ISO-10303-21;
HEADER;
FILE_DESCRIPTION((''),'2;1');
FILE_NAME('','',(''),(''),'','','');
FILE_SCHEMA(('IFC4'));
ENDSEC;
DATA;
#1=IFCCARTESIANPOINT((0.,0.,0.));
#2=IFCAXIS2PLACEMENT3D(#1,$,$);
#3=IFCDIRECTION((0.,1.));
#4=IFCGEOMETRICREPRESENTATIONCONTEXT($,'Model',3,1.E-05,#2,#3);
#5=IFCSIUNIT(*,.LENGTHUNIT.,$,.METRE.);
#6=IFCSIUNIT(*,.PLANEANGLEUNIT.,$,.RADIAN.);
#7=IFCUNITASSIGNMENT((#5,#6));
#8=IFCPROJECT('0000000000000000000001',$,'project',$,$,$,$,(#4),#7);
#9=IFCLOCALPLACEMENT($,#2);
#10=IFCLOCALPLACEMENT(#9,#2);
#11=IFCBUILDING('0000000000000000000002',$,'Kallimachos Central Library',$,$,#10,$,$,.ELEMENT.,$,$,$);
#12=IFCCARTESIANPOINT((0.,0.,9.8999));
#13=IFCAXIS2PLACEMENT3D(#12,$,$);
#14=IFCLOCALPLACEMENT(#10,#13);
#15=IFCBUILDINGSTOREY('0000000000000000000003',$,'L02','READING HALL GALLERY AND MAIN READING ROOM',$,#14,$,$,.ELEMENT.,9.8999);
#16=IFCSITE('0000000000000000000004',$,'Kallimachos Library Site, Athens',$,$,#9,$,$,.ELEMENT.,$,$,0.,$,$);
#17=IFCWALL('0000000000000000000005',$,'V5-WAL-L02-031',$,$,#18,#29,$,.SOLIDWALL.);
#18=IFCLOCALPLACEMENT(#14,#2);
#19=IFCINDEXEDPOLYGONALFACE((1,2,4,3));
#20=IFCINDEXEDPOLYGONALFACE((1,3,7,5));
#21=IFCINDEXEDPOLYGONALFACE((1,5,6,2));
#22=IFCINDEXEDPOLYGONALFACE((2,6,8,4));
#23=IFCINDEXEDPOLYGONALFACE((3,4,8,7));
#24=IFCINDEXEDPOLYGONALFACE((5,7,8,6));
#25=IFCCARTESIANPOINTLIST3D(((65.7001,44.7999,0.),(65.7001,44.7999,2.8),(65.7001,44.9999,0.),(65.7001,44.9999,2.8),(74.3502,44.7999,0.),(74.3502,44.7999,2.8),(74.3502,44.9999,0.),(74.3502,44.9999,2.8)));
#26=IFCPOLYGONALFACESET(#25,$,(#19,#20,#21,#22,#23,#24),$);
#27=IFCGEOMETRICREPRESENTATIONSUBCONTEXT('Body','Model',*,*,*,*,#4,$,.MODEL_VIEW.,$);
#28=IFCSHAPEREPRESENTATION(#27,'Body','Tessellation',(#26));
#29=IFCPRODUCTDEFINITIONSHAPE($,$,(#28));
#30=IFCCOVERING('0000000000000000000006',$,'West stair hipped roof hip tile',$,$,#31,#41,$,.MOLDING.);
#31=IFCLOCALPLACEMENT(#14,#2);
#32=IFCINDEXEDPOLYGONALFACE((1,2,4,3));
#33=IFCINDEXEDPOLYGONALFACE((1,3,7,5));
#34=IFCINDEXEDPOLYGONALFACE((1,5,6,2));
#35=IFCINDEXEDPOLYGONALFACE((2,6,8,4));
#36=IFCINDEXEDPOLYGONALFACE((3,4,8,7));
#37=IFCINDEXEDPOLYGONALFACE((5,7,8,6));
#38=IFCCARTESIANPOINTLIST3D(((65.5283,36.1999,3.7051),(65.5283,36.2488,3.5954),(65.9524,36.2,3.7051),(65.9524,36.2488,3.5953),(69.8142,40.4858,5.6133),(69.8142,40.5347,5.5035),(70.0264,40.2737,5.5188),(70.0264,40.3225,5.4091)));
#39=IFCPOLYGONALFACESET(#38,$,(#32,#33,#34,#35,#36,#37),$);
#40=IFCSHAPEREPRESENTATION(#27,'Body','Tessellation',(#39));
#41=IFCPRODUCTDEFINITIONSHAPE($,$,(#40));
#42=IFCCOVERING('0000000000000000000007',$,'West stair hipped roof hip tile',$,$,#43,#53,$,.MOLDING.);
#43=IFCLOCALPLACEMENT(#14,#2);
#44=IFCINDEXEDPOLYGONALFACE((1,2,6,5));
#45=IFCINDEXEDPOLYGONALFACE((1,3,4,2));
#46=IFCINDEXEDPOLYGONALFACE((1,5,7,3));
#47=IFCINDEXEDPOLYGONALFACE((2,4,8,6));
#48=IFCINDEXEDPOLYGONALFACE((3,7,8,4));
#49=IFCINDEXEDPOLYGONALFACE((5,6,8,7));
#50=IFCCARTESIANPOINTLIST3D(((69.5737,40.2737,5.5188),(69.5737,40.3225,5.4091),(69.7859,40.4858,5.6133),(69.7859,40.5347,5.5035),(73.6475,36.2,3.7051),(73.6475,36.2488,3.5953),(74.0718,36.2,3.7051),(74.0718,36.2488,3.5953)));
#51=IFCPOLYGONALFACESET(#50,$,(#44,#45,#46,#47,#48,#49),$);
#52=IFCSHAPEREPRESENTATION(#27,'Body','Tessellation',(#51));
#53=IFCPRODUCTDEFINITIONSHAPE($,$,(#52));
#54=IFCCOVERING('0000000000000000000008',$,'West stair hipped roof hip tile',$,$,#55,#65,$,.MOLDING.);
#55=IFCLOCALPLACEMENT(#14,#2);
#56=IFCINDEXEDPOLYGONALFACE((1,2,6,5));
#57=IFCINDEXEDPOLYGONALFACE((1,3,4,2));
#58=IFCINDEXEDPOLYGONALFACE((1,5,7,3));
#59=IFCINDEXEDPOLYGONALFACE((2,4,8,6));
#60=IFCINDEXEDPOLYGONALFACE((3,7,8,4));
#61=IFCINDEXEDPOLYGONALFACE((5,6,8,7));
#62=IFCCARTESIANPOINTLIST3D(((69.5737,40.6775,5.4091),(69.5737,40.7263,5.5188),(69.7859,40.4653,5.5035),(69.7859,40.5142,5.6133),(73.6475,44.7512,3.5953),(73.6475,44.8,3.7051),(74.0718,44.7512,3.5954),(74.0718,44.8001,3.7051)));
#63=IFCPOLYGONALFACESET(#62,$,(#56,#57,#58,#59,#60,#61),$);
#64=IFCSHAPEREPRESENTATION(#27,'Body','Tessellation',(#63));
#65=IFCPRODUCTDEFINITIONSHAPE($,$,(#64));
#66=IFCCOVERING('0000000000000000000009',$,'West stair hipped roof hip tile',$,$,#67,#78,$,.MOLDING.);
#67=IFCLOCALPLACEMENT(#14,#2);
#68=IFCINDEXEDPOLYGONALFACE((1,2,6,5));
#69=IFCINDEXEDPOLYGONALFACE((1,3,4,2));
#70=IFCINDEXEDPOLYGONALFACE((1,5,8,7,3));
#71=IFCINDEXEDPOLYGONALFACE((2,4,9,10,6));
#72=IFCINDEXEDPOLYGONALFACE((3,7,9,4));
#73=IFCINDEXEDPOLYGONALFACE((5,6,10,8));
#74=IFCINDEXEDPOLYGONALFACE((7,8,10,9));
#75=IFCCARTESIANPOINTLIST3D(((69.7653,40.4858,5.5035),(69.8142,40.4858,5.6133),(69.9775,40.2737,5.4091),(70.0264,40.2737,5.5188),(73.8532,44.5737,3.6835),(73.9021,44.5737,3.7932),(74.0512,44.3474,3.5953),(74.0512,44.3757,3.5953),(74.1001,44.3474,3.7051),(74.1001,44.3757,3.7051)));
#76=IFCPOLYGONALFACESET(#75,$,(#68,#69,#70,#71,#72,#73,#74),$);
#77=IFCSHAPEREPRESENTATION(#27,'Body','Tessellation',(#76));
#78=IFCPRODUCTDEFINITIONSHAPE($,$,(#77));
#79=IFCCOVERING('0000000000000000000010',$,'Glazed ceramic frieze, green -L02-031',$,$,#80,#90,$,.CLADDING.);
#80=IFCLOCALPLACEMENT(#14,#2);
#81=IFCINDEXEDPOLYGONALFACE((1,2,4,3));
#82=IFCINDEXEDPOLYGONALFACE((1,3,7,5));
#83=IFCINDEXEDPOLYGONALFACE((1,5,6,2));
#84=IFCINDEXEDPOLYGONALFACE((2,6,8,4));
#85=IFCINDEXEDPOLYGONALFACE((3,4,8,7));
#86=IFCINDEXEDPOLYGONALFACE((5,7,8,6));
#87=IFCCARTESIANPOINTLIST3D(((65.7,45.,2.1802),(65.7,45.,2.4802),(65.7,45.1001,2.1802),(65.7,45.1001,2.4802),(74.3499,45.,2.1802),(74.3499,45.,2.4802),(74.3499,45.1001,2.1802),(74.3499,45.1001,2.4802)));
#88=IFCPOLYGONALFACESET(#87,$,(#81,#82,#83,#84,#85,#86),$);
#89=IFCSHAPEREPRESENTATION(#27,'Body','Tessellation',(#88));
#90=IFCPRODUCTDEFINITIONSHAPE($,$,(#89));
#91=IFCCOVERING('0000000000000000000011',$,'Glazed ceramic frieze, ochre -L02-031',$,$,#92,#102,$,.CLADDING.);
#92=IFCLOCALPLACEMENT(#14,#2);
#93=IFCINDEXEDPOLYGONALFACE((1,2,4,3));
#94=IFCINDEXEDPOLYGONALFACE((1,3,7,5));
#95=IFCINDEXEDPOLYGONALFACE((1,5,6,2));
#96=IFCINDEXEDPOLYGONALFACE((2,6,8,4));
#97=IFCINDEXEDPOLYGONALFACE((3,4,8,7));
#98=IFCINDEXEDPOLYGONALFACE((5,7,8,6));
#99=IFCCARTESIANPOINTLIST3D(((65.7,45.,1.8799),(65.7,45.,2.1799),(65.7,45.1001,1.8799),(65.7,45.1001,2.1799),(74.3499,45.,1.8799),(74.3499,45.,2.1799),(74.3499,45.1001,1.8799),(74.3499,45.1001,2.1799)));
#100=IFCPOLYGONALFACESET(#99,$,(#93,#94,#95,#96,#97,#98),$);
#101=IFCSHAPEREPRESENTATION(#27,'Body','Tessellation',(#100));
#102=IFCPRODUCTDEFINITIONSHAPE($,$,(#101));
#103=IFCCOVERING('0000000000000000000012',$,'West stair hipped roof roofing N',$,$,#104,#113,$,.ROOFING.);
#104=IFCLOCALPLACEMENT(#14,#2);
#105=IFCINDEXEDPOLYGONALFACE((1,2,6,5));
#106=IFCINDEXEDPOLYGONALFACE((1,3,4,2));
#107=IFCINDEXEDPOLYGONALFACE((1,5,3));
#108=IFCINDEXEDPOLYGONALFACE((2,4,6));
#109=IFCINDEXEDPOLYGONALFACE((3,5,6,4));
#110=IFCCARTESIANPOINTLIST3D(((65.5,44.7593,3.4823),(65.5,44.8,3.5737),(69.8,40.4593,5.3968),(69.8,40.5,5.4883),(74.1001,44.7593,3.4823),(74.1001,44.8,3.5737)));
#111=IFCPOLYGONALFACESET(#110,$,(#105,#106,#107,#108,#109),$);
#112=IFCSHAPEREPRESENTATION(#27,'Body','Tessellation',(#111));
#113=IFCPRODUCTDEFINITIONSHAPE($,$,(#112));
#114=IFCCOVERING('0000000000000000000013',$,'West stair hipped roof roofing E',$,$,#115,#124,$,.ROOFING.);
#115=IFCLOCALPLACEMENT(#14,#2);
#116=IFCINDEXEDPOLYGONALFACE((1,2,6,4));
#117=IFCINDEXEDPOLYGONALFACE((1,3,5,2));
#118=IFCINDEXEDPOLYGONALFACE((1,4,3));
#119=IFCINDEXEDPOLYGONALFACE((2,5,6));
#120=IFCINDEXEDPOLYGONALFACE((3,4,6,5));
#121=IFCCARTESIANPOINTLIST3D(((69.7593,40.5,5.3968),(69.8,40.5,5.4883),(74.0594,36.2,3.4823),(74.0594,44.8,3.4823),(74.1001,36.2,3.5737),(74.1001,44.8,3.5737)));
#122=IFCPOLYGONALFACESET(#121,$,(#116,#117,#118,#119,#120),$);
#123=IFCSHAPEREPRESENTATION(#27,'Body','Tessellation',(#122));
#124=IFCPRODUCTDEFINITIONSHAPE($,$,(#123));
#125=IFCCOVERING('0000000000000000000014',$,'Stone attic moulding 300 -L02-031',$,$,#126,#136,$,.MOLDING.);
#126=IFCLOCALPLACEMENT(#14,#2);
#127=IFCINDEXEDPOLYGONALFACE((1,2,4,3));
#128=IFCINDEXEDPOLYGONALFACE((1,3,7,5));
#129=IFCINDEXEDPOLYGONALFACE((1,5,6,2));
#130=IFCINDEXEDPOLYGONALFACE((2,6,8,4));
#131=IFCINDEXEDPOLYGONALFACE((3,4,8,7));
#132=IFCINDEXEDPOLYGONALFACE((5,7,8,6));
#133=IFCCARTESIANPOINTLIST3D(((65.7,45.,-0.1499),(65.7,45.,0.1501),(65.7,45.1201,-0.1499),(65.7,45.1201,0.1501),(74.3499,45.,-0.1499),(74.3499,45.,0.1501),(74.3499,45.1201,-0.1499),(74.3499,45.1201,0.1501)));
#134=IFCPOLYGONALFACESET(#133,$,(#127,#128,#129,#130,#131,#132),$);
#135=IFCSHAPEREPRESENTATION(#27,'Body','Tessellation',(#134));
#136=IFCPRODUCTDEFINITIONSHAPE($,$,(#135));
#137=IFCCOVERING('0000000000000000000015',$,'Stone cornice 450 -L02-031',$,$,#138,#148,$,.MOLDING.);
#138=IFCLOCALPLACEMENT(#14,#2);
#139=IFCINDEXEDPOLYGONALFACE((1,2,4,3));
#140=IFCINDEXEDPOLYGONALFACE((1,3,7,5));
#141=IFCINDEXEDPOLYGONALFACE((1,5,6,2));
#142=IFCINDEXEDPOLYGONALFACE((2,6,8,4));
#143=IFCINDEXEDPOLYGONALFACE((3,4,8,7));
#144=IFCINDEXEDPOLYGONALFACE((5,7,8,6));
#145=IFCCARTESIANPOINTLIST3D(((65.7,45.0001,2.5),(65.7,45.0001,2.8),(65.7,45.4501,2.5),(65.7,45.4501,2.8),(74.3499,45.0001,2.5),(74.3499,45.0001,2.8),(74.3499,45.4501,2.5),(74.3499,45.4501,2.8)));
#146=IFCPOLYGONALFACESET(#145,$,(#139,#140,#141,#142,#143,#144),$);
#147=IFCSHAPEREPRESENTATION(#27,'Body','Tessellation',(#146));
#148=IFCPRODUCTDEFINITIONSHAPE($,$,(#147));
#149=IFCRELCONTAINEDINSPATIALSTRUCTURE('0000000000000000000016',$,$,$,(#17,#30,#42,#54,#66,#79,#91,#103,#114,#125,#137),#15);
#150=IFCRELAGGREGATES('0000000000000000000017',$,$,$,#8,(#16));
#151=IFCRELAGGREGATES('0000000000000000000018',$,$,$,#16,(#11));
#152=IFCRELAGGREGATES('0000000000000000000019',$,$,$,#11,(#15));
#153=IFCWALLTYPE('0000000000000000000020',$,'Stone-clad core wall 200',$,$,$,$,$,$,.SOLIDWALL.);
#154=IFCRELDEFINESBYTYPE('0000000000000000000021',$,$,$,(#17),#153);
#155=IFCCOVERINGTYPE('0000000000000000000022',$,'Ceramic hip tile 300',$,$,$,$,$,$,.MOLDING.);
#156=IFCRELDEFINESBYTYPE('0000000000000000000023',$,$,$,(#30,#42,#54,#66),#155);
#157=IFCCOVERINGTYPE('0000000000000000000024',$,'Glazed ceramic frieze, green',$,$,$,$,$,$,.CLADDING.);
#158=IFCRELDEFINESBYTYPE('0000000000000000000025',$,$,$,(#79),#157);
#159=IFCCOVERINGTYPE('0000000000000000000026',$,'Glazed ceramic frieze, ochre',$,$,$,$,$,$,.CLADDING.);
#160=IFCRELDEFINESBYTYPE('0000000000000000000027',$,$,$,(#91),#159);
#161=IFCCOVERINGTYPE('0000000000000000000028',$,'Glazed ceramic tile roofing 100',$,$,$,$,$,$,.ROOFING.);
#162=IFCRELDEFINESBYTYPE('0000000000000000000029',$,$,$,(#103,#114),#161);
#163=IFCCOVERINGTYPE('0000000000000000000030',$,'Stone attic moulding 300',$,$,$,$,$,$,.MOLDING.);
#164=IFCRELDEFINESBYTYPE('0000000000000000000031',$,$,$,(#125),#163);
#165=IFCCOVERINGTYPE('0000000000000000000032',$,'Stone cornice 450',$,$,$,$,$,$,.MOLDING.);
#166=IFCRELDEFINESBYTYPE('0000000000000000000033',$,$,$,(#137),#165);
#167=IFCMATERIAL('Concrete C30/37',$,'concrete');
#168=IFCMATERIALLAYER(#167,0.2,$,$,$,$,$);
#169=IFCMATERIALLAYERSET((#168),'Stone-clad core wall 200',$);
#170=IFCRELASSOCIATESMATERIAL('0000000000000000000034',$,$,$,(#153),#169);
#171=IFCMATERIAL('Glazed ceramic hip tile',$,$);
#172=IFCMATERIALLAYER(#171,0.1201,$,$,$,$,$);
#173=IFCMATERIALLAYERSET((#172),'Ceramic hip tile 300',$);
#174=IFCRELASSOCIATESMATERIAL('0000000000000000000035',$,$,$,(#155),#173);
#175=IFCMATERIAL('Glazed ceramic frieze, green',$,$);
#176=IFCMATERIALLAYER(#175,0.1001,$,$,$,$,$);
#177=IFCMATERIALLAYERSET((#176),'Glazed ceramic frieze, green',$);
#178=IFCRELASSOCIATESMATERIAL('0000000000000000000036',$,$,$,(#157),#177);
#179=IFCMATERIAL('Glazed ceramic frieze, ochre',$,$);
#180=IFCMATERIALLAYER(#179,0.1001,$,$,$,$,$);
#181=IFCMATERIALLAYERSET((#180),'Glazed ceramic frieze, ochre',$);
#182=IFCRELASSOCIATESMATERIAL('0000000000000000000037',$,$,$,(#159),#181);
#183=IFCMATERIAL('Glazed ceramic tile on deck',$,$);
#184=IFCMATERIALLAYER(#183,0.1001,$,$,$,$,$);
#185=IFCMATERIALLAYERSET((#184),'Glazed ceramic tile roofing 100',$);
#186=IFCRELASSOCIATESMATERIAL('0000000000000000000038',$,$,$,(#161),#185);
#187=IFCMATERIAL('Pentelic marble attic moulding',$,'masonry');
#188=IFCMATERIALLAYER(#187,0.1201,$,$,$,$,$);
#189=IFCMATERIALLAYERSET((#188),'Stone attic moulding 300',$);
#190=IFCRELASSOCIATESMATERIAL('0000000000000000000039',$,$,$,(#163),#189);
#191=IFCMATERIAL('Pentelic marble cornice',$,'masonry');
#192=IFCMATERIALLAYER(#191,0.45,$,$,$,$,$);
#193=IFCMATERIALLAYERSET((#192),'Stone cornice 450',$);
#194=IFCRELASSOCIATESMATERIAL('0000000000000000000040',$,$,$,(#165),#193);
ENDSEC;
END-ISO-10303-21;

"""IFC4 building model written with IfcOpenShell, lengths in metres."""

from ifc_helpers import new_model, si_unit, direction, frame, frame_2d, origin, origin_2d, place, context, subcontext, project, spatial, polyline, rectangle, outline, extrude, material, layer, layer_set, type_object, element, save


model = new_model("IFC4")

# Units and contexts
model_context = context("Model", 3, precision=1e-05, world=origin(), true_north=direction((0.0, 1.0)))
body_context = subcontext(model_context, "Body", "Model", "MODEL_VIEW")
ifc_project = project(units=[si_unit("LENGTHUNIT", "METRE"), si_unit("PLANEANGLEUNIT", "RADIAN")], contexts=[model_context])

# Site, building, storey
site_placement = place(None, origin())
site = spatial("IfcSite", under=ifc_project, at=site_placement, Name="Kallimachos Library Site, Athens", CompositionType="ELEMENT", RefElevation=0.0)
building_placement = place(site_placement, origin())
building = spatial("IfcBuilding", under=site, at=building_placement, Name="Kallimachos Central Library", CompositionType="ELEMENT")
storey_placement = place(building_placement, frame((0.0, 0.0, 9.8999)))
storey = spatial("IfcBuildingStorey", under=building, at=storey_placement, Name="L02", Description="READING HALL GALLERY AND MAIN READING ROOM", CompositionType="ELEMENT", Elevation=9.8999)

# Wall
ifc_material_1 = material(Name="Concrete C30/37", Category="concrete")
ifc_layer_1 = layer(ifc_material_1, 0.2)
ifc_layer_set_1 = layer_set([ifc_layer_1], Name="Stone-clad core wall 200")
wall_type_1 = type_object("IfcWallType", Name="Stone-clad core wall 200", PredefinedType="SOLIDWALL", material=ifc_layer_set_1)
wall_1_placement = place(storey_placement, frame((65.7, 44.8999, 0.0), z_axis=(0.0, 0.0, 1.0), x_axis=(1.0, 0.0, 0.0)))
element("IfcWall", 1, at=wall_1_placement, inside=storey, type_object=wall_type_1, Name="V5-WAL-L02-031", PredefinedType="SOLIDWALL", context=body_context, shape_type="SweptSolid", body=[
    extrude(rectangle(XDim=8.6501, YDim=0.2, at=frame_2d((4.3252, 0.0))), origin(), (0.0, 0.0, 1.0), 2.8),
])

# Coverings
ifc_material_2 = material(Name="Glazed ceramic hip tile")
ifc_layer_2 = layer(ifc_material_2, 0.1201)
ifc_layer_set_2 = layer_set([ifc_layer_2], Name="Ceramic hip tile 300")
covering_type_1 = type_object("IfcCoveringType", Name="Ceramic hip tile 300", PredefinedType="MOLDING", material=ifc_layer_set_2)
covering_1_placement = place(storey_placement, frame((69.8142, 40.4858, 5.6133), z_axis=(0.000026, -0.406757, 0.913537), x_axis=(0.674456, -0.67447, -0.30033)))
element("IfcCovering", 2, at=covering_1_placement, inside=storey, type_object=covering_type_1, Name="West stair hipped roof hip tile", PredefinedType="MOLDING", context=body_context, shape_type="SweptSolid", body=[
    extrude(outline(polyline([(0.0, 0.0), (0.3146, 0.0), (0.8592, -6.0154), (0.5732, -6.3285), (0.0, 0.0)])), origin(), (0.0, 0.0, -1.0), 0.1201),
])
covering_2_placement = place(storey_placement, frame((74.0718, 36.2, 3.7051), z_axis=(-0.000026, -0.406756, 0.913537), x_axis=(-1.0, 0.00001, -0.000024)))
element("IfcCovering", 3, at=covering_2_placement, inside=storey, type_object=covering_type_1, Name="West stair hipped roof hip tile", PredefinedType="MOLDING", context=body_context, shape_type="SweptSolid", body=[
    extrude(outline(polyline([(0.0, 0.0), (0.4243, 0.0), (4.498, -4.4592), (4.2859, -4.6915), (0.0, 0.0)])), origin(), (0.0, 0.0, -1.0), 0.1201),
])
covering_3_placement = place(storey_placement, frame((69.7859, 40.5142, 5.6133), z_axis=(-0.000026, 0.406756, 0.913537), x_axis=(-0.674456, 0.67447, -0.30033)))
element("IfcCovering", 4, at=covering_3_placement, inside=storey, type_object=covering_type_1, Name="West stair hipped roof hip tile", PredefinedType="MOLDING", context=body_context, shape_type="SweptSolid", body=[
    extrude(outline(polyline([(0.0, 0.0), (0.3146, 0.0), (0.8593, -6.0153), (0.5732, -6.3285), (0.0, 0.0)])), origin(), (0.0, 0.0, -1.0), 0.1201),
])
covering_4_placement = place(storey_placement, frame((73.9021, 44.5737, 3.7932), z_axis=(0.40674, -0.000004, 0.913544), x_axis=(0.674458, -0.674485, -0.300294)))
element("IfcCovering", 5, at=covering_4_placement, inside=storey, type_object=covering_type_1, Name="West stair hipped roof hip tile", PredefinedType="MOLDING", context=body_context, shape_type="SweptSolid", body=[
    extrude(outline(polyline([(0.0, 0.0), (0.2936, 0.0), (0.3127, -0.0209), (-0.2319, -6.0362), (-0.5464, -6.0362), (0.0, 0.0)])), origin(), (0.0, 0.0, -1.0), 0.1201),
])
ifc_material_3 = material(Name="Glazed ceramic frieze, green")
ifc_layer_3 = layer(ifc_material_3, 0.1001)
ifc_layer_set_3 = layer_set([ifc_layer_3], Name="Glazed ceramic frieze, green")
covering_type_2 = type_object("IfcCoveringType", Name="Glazed ceramic frieze, green", PredefinedType="CLADDING", material=ifc_layer_set_3)
covering_5_placement = place(storey_placement, frame((70.0249, 45.05, 2.1802), z_axis=(0.0, 0.0, 1.0), x_axis=(1.0, 0.0, 0.0)))
element("IfcCovering", 6, at=covering_5_placement, inside=storey, type_object=covering_type_2, Name="Glazed ceramic frieze, green -L02-031", PredefinedType="CLADDING", context=body_context, shape_type="SweptSolid", body=[
    extrude(rectangle(XDim=8.6499, YDim=0.1001, at=origin_2d()), origin(), (0.0, 0.0, 1.0), 0.3),
])
ifc_material_4 = material(Name="Glazed ceramic frieze, ochre")
ifc_layer_4 = layer(ifc_material_4, 0.1001)
ifc_layer_set_4 = layer_set([ifc_layer_4], Name="Glazed ceramic frieze, ochre")
covering_type_3 = type_object("IfcCoveringType", Name="Glazed ceramic frieze, ochre", PredefinedType="CLADDING", material=ifc_layer_set_4)
covering_6_placement = place(storey_placement, frame((70.0249, 45.05, 1.8799), z_axis=(0.0, 0.0, 1.0), x_axis=(1.0, 0.0, 0.0)))
element("IfcCovering", 7, at=covering_6_placement, inside=storey, type_object=covering_type_3, Name="Glazed ceramic frieze, ochre -L02-031", PredefinedType="CLADDING", context=body_context, shape_type="SweptSolid", body=[
    extrude(rectangle(XDim=8.6499, YDim=0.1001, at=origin_2d()), origin(), (0.0, 0.0, 1.0), 0.3),
])
ifc_material_5 = material(Name="Glazed ceramic tile on deck")
ifc_layer_5 = layer(ifc_material_5, 0.1001)
ifc_layer_set_5 = layer_set([ifc_layer_5], Name="Glazed ceramic tile roofing 100")
covering_type_4 = type_object("IfcCoveringType", Name="Glazed ceramic tile roofing 100", PredefinedType="ROOFING", material=ifc_layer_set_5)
for number, where, z_axis, x_axis, name in (
    (8, (74.1001, 44.8, 3.5737), (0.0, 0.406745, 0.913542), (-1.0, 0.0, 0.0), "West stair hipped roof roofing N"),
    (9, (74.1001, 36.2, 3.5737), (0.406745, 0.0, 0.913542), (0.0, 1.0, 0.0), "West stair hipped roof roofing E"),
):
    element("IfcCovering", number, at=place(storey_placement, frame(where, z_axis=z_axis, x_axis=x_axis)), inside=storey, type_object=covering_type_4, Name=name, PredefinedType="ROOFING", context=body_context, shape_type="SweptSolid", body=[
        extrude(outline(polyline([(0.0, 0.0), (8.6001, 0.0), (4.3, 4.707), (0.0, 0.0)])), origin(), (0.0, 0.0, -1.0), 0.1001),
    ])
ifc_material_6 = material(Name="Pentelic marble attic moulding", Category="masonry")
ifc_layer_6 = layer(ifc_material_6, 0.1201)
ifc_layer_set_6 = layer_set([ifc_layer_6], Name="Stone attic moulding 300")
covering_type_5 = type_object("IfcCoveringType", Name="Stone attic moulding 300", PredefinedType="MOLDING", material=ifc_layer_set_6)
covering_7_placement = place(storey_placement, frame((70.0249, 45.0601, -0.1499), z_axis=(0.0, 0.0, 1.0), x_axis=(1.0, 0.0, 0.0)))
element("IfcCovering", 10, at=covering_7_placement, inside=storey, type_object=covering_type_5, Name="Stone attic moulding 300 -L02-031", PredefinedType="MOLDING", context=body_context, shape_type="SweptSolid", body=[
    extrude(rectangle(XDim=8.6499, YDim=0.1201, at=origin_2d()), origin(), (0.0, 0.0, 1.0), 0.3),
])
ifc_material_7 = material(Name="Pentelic marble cornice", Category="masonry")
ifc_layer_7 = layer(ifc_material_7, 0.45)
ifc_layer_set_7 = layer_set([ifc_layer_7], Name="Stone cornice 450")
covering_type_6 = type_object("IfcCoveringType", Name="Stone cornice 450", PredefinedType="MOLDING", material=ifc_layer_set_7)
covering_8_placement = place(storey_placement, frame((70.0249, 45.2251, 2.5), z_axis=(0.0, 0.0, 1.0), x_axis=(1.0, 0.0, 0.0)))
element("IfcCovering", 11, at=covering_8_placement, inside=storey, type_object=covering_type_6, Name="Stone cornice 450 -L02-031", PredefinedType="MOLDING", context=body_context, shape_type="SweptSolid", body=[
    extrude(rectangle(XDim=8.6499, YDim=0.45, at=origin_2d()), origin(), (0.0, 0.0, 1.0), 0.3),
])

save(model, "model.ifc")
